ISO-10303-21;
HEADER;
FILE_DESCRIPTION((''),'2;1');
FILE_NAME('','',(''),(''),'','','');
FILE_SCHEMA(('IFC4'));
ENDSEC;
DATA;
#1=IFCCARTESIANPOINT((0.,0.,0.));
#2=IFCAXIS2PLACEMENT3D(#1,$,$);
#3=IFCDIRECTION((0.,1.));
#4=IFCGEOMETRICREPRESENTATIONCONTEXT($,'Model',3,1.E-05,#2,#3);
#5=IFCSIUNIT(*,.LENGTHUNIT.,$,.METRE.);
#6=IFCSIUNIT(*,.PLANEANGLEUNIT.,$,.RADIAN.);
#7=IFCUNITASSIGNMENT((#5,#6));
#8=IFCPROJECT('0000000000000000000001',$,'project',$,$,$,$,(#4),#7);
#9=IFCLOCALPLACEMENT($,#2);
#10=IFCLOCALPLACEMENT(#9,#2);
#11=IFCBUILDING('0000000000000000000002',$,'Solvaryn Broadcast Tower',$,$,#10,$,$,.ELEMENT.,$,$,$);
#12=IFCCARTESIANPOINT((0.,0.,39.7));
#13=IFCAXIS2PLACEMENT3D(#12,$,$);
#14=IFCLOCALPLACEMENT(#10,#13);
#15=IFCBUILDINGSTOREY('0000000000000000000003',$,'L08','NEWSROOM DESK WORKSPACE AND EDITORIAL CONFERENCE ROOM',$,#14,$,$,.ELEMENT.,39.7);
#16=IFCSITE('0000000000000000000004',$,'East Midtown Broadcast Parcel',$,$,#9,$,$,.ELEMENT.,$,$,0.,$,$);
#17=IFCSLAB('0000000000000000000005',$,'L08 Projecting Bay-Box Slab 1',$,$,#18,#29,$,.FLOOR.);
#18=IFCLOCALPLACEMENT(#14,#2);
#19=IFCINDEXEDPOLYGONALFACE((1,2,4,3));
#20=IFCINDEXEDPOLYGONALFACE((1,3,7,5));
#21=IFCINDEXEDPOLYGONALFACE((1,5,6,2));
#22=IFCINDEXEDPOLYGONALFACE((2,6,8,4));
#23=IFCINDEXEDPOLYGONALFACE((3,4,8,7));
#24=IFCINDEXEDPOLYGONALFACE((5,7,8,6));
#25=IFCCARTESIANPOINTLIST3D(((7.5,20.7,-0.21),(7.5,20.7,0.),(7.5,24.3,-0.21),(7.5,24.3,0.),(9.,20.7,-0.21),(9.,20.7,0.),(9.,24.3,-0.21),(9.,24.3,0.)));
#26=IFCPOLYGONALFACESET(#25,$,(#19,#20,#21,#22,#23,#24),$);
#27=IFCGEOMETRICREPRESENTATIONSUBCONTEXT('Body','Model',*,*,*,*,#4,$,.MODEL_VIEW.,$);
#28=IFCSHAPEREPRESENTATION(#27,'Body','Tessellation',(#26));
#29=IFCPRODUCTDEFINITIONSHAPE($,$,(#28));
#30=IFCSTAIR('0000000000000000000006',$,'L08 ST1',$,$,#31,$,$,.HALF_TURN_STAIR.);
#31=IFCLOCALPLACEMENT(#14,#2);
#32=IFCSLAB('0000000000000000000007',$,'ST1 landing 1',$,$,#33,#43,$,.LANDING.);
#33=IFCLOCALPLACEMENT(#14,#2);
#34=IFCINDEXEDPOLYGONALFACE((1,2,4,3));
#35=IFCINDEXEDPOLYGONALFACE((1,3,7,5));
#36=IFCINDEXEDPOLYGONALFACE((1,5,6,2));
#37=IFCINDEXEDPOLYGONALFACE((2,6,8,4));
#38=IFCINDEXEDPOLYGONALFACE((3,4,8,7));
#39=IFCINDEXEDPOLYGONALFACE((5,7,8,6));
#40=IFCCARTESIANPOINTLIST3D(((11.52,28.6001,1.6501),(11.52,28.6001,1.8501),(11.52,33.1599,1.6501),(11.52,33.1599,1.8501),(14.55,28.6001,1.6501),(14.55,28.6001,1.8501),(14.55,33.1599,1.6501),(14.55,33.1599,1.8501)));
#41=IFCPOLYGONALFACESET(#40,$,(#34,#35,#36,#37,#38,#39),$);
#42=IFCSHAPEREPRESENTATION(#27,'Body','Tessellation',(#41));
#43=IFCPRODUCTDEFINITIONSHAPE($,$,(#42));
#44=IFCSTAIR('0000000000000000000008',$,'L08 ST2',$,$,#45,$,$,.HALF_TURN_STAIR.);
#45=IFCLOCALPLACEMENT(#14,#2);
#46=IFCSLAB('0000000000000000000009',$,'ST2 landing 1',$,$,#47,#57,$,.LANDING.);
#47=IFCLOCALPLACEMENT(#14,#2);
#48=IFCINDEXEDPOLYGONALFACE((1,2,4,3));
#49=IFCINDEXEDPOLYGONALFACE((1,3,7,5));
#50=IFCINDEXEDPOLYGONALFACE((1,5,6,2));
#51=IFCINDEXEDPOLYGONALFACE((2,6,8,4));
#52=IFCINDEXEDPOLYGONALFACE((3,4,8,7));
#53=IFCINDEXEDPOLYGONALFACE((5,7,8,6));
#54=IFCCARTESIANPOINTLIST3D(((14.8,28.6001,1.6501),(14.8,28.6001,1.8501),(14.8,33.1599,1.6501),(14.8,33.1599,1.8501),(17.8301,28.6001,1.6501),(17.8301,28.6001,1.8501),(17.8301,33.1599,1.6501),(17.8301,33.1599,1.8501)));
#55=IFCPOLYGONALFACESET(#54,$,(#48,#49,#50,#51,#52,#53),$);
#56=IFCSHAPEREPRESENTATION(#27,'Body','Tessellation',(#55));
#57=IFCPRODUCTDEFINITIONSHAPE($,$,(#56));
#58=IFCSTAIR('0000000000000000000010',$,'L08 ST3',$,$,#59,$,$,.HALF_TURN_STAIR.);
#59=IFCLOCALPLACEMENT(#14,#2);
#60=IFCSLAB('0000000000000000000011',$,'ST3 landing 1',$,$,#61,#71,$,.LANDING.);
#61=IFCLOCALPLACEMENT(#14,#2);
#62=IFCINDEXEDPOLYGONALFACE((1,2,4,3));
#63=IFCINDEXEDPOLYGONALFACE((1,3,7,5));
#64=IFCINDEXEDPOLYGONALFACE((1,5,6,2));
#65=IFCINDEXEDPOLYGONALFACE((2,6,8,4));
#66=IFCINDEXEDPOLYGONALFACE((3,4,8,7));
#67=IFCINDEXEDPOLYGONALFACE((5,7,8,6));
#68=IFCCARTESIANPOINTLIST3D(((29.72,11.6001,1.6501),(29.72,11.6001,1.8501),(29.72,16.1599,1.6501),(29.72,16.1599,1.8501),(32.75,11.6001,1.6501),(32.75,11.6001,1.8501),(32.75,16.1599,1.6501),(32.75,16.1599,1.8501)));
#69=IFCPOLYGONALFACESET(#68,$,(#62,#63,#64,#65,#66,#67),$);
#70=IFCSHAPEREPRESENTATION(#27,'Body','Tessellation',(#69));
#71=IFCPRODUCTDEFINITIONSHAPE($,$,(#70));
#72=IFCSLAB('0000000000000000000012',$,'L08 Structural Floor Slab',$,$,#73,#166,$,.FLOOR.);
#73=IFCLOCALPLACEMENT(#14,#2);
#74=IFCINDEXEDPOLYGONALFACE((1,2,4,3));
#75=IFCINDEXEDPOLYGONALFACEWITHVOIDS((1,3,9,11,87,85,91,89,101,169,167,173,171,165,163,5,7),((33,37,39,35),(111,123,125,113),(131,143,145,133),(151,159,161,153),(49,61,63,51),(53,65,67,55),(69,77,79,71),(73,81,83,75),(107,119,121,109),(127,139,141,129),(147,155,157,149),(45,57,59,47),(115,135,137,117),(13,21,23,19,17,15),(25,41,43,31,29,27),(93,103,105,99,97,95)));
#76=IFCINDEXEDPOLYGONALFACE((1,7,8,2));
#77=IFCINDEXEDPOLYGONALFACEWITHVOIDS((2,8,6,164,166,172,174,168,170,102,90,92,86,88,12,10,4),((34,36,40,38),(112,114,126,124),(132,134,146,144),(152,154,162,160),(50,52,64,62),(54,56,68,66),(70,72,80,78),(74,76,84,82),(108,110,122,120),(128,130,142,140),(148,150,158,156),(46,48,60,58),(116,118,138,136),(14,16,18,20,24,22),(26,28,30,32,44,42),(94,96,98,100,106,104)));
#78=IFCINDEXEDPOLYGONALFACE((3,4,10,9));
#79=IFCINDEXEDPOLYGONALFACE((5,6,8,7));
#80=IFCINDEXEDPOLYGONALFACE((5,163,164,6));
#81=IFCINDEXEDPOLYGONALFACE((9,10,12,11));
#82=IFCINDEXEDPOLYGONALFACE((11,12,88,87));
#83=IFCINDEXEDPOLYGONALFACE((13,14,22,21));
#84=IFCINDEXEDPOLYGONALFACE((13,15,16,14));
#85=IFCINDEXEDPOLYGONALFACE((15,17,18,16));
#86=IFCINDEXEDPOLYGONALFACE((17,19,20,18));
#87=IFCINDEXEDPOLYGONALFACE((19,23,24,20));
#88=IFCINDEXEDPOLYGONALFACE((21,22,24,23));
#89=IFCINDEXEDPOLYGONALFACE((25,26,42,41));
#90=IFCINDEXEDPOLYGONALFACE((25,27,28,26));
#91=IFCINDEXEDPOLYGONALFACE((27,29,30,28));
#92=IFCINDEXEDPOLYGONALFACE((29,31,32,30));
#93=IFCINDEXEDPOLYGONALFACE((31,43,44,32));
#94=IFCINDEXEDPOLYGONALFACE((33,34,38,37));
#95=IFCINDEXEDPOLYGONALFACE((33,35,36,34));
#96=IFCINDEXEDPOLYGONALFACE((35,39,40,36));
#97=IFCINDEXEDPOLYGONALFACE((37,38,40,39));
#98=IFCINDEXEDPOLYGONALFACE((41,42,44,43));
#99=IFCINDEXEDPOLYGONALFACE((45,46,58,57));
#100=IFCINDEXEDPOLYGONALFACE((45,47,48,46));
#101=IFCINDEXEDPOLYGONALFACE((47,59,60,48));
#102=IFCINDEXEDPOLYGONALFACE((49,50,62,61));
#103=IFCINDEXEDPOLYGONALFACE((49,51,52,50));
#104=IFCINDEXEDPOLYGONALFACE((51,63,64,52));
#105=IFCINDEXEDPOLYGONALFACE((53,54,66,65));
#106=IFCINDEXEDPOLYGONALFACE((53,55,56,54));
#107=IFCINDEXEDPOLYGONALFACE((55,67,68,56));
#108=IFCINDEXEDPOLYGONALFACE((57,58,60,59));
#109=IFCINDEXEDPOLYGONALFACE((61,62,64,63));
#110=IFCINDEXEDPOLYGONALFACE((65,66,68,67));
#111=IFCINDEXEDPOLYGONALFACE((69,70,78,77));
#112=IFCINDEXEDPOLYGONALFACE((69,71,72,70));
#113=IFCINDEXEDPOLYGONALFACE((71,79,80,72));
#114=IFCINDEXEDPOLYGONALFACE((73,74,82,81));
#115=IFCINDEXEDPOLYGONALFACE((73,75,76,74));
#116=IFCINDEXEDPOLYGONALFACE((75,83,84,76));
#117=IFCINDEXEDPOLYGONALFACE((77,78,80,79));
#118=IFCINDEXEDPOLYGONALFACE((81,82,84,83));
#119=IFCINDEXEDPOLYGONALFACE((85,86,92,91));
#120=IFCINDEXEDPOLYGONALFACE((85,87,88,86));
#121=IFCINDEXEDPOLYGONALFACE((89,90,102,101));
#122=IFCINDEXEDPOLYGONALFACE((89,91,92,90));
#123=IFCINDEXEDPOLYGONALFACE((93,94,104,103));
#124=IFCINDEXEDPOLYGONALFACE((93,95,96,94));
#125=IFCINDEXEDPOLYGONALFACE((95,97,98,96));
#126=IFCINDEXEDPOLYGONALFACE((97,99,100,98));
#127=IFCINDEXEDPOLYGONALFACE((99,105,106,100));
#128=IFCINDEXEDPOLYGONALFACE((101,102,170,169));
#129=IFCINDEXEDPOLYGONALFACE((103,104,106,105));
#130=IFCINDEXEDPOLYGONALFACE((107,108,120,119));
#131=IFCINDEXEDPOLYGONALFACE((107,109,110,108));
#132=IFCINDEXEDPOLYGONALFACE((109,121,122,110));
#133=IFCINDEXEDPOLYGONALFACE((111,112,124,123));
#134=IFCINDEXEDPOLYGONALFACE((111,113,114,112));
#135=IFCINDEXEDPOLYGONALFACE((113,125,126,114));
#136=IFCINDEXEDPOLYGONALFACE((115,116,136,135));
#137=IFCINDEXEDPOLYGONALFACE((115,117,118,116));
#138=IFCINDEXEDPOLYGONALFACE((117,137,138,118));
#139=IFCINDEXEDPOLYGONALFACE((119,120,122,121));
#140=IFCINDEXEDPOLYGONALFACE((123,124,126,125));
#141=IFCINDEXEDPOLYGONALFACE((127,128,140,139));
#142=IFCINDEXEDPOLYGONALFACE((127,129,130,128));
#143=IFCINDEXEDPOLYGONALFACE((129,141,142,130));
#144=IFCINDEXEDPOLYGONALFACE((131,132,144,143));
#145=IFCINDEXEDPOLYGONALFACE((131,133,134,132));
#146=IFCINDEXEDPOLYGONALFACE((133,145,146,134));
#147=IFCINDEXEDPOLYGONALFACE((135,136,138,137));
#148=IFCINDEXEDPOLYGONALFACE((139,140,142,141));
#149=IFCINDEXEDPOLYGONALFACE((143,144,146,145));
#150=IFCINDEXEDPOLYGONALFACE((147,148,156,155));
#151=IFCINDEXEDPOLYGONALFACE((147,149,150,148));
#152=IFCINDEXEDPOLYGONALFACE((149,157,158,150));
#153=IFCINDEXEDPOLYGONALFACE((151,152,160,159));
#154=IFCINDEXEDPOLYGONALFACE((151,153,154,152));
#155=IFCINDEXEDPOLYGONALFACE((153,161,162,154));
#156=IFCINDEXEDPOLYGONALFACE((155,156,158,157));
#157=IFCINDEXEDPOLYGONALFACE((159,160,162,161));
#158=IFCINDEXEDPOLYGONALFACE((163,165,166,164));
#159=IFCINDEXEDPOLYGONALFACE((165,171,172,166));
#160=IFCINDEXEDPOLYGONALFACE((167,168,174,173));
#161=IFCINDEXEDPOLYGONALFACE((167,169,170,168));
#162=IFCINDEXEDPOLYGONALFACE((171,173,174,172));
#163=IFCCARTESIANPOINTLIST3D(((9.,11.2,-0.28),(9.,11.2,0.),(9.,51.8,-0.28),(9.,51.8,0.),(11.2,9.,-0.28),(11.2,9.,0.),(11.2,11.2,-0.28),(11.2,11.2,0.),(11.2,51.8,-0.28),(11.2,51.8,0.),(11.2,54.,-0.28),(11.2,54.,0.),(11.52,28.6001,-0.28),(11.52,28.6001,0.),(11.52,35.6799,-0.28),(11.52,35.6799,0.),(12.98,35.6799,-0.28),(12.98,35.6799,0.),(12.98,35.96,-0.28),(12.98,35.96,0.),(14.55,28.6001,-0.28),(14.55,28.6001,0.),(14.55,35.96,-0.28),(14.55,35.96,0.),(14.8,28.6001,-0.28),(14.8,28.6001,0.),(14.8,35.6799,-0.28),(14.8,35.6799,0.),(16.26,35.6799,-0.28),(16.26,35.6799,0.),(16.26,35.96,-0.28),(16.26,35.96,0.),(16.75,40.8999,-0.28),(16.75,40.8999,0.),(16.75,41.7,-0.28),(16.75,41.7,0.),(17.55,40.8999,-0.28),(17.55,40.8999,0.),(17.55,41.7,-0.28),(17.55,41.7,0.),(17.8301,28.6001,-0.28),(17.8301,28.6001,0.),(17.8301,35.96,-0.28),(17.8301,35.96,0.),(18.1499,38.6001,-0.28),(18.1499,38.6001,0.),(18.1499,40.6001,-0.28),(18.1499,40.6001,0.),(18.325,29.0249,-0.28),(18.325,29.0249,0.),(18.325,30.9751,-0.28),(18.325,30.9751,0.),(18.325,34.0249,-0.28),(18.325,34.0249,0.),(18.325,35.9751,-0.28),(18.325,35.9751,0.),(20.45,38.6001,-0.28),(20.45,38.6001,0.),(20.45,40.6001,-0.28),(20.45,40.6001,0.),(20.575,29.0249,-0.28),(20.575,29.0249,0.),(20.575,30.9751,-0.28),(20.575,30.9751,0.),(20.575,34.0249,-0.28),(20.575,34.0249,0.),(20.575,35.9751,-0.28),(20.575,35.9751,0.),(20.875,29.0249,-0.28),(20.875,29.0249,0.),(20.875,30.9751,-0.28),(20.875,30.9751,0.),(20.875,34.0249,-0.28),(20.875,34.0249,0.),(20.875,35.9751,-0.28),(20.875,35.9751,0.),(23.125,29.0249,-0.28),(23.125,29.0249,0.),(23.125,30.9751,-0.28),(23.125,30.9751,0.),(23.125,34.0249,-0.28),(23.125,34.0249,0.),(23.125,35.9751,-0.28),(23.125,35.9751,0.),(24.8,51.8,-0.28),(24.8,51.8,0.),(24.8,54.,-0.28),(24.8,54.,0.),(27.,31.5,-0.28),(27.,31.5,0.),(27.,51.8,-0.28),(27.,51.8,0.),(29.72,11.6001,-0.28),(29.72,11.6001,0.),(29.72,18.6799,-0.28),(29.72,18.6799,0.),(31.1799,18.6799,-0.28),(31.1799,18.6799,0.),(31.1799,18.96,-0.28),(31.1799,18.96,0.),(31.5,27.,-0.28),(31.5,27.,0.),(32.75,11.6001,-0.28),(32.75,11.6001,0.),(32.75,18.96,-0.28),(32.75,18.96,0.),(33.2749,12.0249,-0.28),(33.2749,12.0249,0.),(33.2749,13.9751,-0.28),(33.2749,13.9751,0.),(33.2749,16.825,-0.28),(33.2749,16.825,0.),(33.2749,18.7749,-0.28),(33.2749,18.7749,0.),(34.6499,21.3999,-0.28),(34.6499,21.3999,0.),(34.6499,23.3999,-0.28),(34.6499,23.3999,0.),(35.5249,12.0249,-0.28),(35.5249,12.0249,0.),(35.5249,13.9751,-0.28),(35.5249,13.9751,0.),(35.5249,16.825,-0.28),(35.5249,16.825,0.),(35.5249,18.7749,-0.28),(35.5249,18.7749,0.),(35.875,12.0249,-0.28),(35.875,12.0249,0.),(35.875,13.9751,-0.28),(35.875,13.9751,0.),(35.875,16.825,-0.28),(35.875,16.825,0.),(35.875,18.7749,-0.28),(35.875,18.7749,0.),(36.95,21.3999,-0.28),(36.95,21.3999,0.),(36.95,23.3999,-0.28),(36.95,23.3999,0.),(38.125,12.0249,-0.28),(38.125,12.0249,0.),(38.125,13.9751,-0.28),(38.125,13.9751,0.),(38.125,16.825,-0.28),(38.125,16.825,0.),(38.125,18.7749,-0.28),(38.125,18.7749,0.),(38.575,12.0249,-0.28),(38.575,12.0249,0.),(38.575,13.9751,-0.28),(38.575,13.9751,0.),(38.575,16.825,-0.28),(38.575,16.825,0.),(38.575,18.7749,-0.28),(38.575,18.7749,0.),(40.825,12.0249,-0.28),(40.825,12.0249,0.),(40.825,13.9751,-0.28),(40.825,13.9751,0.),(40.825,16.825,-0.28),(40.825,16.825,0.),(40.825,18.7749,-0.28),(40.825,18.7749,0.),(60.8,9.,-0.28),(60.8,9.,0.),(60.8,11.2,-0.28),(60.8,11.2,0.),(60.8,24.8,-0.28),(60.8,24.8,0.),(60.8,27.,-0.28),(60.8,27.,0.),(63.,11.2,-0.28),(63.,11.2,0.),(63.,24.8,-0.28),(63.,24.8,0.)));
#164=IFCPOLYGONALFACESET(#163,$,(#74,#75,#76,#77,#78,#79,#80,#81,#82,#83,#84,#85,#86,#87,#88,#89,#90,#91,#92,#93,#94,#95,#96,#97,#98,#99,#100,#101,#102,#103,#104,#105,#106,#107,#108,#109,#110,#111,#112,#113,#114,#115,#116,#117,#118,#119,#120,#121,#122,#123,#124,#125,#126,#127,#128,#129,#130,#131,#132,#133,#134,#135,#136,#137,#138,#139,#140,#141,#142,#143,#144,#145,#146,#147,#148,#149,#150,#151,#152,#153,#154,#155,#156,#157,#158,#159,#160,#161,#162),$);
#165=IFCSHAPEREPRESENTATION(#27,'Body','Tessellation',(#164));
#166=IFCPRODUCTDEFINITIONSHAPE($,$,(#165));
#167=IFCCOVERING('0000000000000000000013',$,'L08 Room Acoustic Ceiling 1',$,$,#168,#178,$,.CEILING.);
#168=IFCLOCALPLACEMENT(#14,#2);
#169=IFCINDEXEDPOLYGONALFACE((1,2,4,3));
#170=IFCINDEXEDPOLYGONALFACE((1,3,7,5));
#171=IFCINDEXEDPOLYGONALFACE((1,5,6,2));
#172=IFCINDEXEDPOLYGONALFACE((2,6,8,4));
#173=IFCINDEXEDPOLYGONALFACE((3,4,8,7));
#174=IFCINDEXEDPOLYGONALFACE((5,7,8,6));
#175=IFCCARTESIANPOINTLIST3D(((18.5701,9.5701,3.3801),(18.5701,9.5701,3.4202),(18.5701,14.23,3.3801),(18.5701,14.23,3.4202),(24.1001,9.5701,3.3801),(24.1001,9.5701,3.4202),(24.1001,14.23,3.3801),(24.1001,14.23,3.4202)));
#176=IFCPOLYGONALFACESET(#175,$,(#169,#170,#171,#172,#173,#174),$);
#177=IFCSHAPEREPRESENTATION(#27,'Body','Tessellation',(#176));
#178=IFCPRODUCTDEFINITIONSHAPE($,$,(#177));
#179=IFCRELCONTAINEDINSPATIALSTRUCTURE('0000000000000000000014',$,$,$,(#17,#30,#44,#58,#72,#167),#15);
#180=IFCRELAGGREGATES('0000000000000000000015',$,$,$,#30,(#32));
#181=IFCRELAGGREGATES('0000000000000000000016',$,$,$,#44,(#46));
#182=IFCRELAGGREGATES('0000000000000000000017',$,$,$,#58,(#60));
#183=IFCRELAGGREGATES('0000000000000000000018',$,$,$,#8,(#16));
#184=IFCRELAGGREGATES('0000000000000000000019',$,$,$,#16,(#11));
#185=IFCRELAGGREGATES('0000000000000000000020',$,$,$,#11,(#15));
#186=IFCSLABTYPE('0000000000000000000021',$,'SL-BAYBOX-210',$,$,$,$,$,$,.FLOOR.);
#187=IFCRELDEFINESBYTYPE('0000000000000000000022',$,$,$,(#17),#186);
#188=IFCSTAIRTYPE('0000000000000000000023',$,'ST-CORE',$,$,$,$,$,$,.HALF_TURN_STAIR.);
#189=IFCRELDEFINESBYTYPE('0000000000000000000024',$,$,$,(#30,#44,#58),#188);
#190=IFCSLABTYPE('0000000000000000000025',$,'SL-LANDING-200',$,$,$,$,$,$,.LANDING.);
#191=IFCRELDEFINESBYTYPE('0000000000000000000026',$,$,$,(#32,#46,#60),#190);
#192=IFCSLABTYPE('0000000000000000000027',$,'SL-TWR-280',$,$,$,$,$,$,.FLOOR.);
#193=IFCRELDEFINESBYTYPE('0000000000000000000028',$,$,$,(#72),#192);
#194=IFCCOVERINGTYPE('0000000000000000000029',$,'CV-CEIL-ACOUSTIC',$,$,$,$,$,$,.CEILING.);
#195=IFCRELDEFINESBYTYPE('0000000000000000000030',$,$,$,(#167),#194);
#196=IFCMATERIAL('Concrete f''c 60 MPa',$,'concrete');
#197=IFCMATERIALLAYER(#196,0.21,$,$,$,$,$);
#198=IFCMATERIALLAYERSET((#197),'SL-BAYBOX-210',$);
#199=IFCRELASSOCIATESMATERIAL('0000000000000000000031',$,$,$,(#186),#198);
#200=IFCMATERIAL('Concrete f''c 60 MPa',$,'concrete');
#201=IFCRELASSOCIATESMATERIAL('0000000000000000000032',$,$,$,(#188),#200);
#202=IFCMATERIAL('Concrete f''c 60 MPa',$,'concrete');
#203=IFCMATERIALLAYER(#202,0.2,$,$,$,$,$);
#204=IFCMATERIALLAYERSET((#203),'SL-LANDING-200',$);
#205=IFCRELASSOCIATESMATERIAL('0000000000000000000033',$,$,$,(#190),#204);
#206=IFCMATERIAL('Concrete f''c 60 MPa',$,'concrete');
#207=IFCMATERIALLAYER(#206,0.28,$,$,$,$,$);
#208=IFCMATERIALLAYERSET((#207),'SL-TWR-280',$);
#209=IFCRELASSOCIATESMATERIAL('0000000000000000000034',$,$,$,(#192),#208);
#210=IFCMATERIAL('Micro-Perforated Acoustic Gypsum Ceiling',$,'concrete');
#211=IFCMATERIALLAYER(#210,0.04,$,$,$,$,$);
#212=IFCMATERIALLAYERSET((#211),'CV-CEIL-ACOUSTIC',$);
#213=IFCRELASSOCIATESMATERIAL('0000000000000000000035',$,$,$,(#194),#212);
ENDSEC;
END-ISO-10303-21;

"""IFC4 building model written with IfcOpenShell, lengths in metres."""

from ifc_helpers import new_model, si_unit, direction, frame, origin, place, context, subcontext, project, spatial, polyline, outline, extrude, material, layer, layer_set, type_object, element, aggregate, save


model = new_model("IFC4")

# Units and contexts
model_context = context("Model", 3, precision=1e-05, world=origin(), true_north=direction((0.0, 1.0)))
body_context = subcontext(model_context, "Body", "Model", "MODEL_VIEW")
ifc_project = project(units=[si_unit("LENGTHUNIT", "METRE"), si_unit("PLANEANGLEUNIT", "RADIAN")], contexts=[model_context])

# Site, building, storey
site_placement = place(None, origin())
site = spatial("IfcSite", under=ifc_project, at=site_placement, Name="East Midtown Broadcast Parcel", CompositionType="ELEMENT", RefElevation=0.0)
building_placement = place(site_placement, origin())
building = spatial("IfcBuilding", under=site, at=building_placement, Name="Solvaryn Broadcast Tower", CompositionType="ELEMENT")
storey_placement = place(building_placement, frame((0.0, 0.0, 39.7)))
storey = spatial("IfcBuildingStorey", under=building, at=storey_placement, Name="L08", Description="NEWSROOM DESK WORKSPACE AND EDITORIAL CONFERENCE ROOM", CompositionType="ELEMENT", Elevation=39.7)

# Slab
ifc_material_1 = material(Name="Concrete f'c 60 MPa", Category="concrete")
ifc_layer_1 = layer(ifc_material_1, 0.21)
ifc_layer_set_1 = layer_set([ifc_layer_1], Name="SL-BAYBOX-210")
slab_type_1 = type_object("IfcSlabType", Name="SL-BAYBOX-210", PredefinedType="FLOOR", material=ifc_layer_set_1)
slab_1_placement = place(storey_placement, frame((0.0, 0.0, -0.21)))
element("IfcSlab", 1, at=slab_1_placement, inside=storey, type_object=slab_type_1, Name="L08 Projecting Bay-Box Slab 1", PredefinedType="FLOOR", context=body_context, shape_type="SweptSolid", body=[
    extrude(outline(polyline([(7.5, 20.7), (9.0, 20.7), (9.0, 24.3), (7.5, 24.3), (7.5, 20.7)])), origin(), (0.0, 0.0, 1.0), 0.21),
])

# Stairs, slabs
ifc_material_2 = material(Name="Concrete f'c 60 MPa", Category="concrete")
stair_type = type_object("IfcStairType", Name="ST-CORE", PredefinedType="HALF_TURN_STAIR", material=ifc_material_2)
stair_1_placement = place(storey_placement, origin())
stair_1 = element("IfcStair", 2, at=stair_1_placement, inside=storey, type_object=stair_type, Name="L08 ST1", PredefinedType="HALF_TURN_STAIR")
ifc_material_3 = material(Name="Concrete f'c 60 MPa", Category="concrete")
ifc_layer_2 = layer(ifc_material_3, 0.2)
ifc_layer_set_2 = layer_set([ifc_layer_2], Name="SL-LANDING-200")
slab_type_2 = type_object("IfcSlabType", Name="SL-LANDING-200", PredefinedType="LANDING", material=ifc_layer_set_2)
slab_2_placement = place(storey_placement, frame((0.0, 0.0, 1.6501)))
slab_2 = element("IfcSlab", 3, at=slab_2_placement, type_object=slab_type_2, Name="ST1 landing 1", PredefinedType="LANDING", context=body_context, shape_type="SweptSolid", body=[
    extrude(outline(polyline([(11.52, 33.1599), (11.52, 28.6001), (14.55, 28.6001), (14.55, 33.1599), (11.52, 33.1599)])), origin(), (0.0, 0.0, 1.0), 0.2),
])
aggregate(stair_1, [slab_2])
stair_2_placement = place(storey_placement, origin())
stair_2 = element("IfcStair", 4, at=stair_2_placement, inside=storey, type_object=stair_type, Name="L08 ST2", PredefinedType="HALF_TURN_STAIR")
slab_3_placement = place(storey_placement, frame((0.0, 0.0, 1.6501)))
slab_3 = element("IfcSlab", 5, at=slab_3_placement, type_object=slab_type_2, Name="ST2 landing 1", PredefinedType="LANDING", context=body_context, shape_type="SweptSolid", body=[
    extrude(outline(polyline([(14.8, 33.1599), (14.8, 28.6001), (17.8301, 28.6001), (17.8301, 33.1599), (14.8, 33.1599)])), origin(), (0.0, 0.0, 1.0), 0.2),
])
aggregate(stair_2, [slab_3])
stair_3_placement = place(storey_placement, origin())
stair_3 = element("IfcStair", 6, at=stair_3_placement, inside=storey, type_object=stair_type, Name="L08 ST3", PredefinedType="HALF_TURN_STAIR")
slab_4_placement = place(storey_placement, frame((0.0, 0.0, 1.6501)))
slab_4 = element("IfcSlab", 7, at=slab_4_placement, type_object=slab_type_2, Name="ST3 landing 1", PredefinedType="LANDING", context=body_context, shape_type="SweptSolid", body=[
    extrude(outline(polyline([(29.72, 16.1599), (29.72, 11.6001), (32.75, 11.6001), (32.75, 16.1599), (29.72, 16.1599)])), origin(), (0.0, 0.0, 1.0), 0.2),
])
aggregate(stair_3, [slab_4])

# Slab
ifc_material_4 = material(Name="Concrete f'c 60 MPa", Category="concrete")
ifc_layer_3 = layer(ifc_material_4, 0.28)
ifc_layer_set_3 = layer_set([ifc_layer_3], Name="SL-TWR-280")
slab_type_3 = type_object("IfcSlabType", Name="SL-TWR-280", PredefinedType="FLOOR", material=ifc_layer_set_3)
slab_5_placement = place(storey_placement, frame((0.0, 0.0, -0.28)))
element("IfcSlab", 8, at=slab_5_placement, inside=storey, type_object=slab_type_3, Name="L08 Structural Floor Slab", PredefinedType="FLOOR", context=body_context, shape_type="SweptSolid", body=[
    extrude(outline(polyline([(11.2, 9.0), (60.8, 9.0), (60.8, 11.2), (63.0, 11.2), (63.0, 24.8), (60.8, 24.8), (60.8, 27.0), (31.5, 27.0), (27.0, 31.5), (27.0, 51.8), (24.8, 51.8), (24.8, 54.0), (11.2, 54.0), (11.2, 51.8), (9.0, 51.8), (9.0, 11.2), (11.2, 11.2), (11.2, 9.0)]), holes=[polyline([(11.52, 28.6001), (14.55, 28.6001), (14.55, 35.96), (12.98, 35.96), (12.98, 35.6799), (11.52, 35.6799), (11.52, 28.6001)]), polyline([(14.8, 28.6001), (17.8301, 28.6001), (17.8301, 35.96), (16.26, 35.96), (16.26, 35.6799), (14.8, 35.6799), (14.8, 28.6001)]), polyline([(29.72, 11.6001), (32.75, 11.6001), (32.75, 18.96), (31.1799, 18.96), (31.1799, 18.6799), (29.72, 18.6799), (29.72, 11.6001)]), polyline([(18.1499, 38.6001), (20.45, 38.6001), (20.45, 40.6001), (18.1499, 40.6001), (18.1499, 38.6001)]), polyline([(18.325, 29.0249), (20.575, 29.0249), (20.575, 30.9751), (18.325, 30.9751), (18.325, 29.0249)]), polyline([(20.875, 29.0249), (23.125, 29.0249), (23.125, 30.9751), (20.875, 30.9751), (20.875, 29.0249)]), polyline([(18.325, 34.0249), (20.575, 34.0249), (20.575, 35.9751), (18.325, 35.9751), (18.325, 34.0249)]), polyline([(20.875, 34.0249), (23.125, 34.0249), (23.125, 35.9751), (20.875, 35.9751), (20.875, 34.0249)]), polyline([(34.6499, 21.3999), (36.95, 21.3999), (36.95, 23.3999), (34.6499, 23.3999), (34.6499, 21.3999)]), polyline([(33.2749, 12.0249), (35.5249, 12.0249), (35.5249, 13.9751), (33.2749, 13.9751), (33.2749, 12.0249)]), polyline([(35.875, 12.0249), (38.125, 12.0249), (38.125, 13.9751), (35.875, 13.9751), (35.875, 12.0249)]), polyline([(33.2749, 16.825), (35.5249, 16.825), (35.5249, 18.7749), (33.2749, 18.7749), (33.2749, 16.825)]), polyline([(35.875, 16.825), (38.125, 16.825), (38.125, 18.7749), (35.875, 18.7749), (35.875, 16.825)]), polyline([(38.575, 12.0249), (40.825, 12.0249), (40.825, 13.9751), (38.575, 13.9751), (38.575, 12.0249)]), polyline([(38.575, 16.825), (40.825, 16.825), (40.825, 18.7749), (38.575, 18.7749), (38.575, 16.825)]), polyline([(16.75, 40.8999), (17.55, 40.8999), (17.55, 41.7), (16.75, 41.7), (16.75, 40.8999)])]), origin(), (0.0, 0.0, 1.0), 0.28),
])

# Covering
ifc_material_5 = material(Name="Micro-Perforated Acoustic Gypsum Ceiling", Category="concrete")
ifc_layer_4 = layer(ifc_material_5, 0.04)
ifc_layer_set_4 = layer_set([ifc_layer_4], Name="CV-CEIL-ACOUSTIC")
covering_type_1 = type_object("IfcCoveringType", Name="CV-CEIL-ACOUSTIC", PredefinedType="CEILING", material=ifc_layer_set_4)
covering_1_placement = place(storey_placement, frame((0.0, 0.0, 3.3801)))
element("IfcCovering", 9, at=covering_1_placement, inside=storey, type_object=covering_type_1, Name="L08 Room Acoustic Ceiling 1", PredefinedType="CEILING", context=body_context, shape_type="SweptSolid", body=[
    extrude(outline(polyline([(18.5701, 9.5701), (24.1001, 9.5701), (24.1001, 14.23), (18.5701, 14.23), (18.5701, 9.5701)])), origin(), (0.0, 0.0, 1.0), 0.04),
])

save(model, "model.ifc")
